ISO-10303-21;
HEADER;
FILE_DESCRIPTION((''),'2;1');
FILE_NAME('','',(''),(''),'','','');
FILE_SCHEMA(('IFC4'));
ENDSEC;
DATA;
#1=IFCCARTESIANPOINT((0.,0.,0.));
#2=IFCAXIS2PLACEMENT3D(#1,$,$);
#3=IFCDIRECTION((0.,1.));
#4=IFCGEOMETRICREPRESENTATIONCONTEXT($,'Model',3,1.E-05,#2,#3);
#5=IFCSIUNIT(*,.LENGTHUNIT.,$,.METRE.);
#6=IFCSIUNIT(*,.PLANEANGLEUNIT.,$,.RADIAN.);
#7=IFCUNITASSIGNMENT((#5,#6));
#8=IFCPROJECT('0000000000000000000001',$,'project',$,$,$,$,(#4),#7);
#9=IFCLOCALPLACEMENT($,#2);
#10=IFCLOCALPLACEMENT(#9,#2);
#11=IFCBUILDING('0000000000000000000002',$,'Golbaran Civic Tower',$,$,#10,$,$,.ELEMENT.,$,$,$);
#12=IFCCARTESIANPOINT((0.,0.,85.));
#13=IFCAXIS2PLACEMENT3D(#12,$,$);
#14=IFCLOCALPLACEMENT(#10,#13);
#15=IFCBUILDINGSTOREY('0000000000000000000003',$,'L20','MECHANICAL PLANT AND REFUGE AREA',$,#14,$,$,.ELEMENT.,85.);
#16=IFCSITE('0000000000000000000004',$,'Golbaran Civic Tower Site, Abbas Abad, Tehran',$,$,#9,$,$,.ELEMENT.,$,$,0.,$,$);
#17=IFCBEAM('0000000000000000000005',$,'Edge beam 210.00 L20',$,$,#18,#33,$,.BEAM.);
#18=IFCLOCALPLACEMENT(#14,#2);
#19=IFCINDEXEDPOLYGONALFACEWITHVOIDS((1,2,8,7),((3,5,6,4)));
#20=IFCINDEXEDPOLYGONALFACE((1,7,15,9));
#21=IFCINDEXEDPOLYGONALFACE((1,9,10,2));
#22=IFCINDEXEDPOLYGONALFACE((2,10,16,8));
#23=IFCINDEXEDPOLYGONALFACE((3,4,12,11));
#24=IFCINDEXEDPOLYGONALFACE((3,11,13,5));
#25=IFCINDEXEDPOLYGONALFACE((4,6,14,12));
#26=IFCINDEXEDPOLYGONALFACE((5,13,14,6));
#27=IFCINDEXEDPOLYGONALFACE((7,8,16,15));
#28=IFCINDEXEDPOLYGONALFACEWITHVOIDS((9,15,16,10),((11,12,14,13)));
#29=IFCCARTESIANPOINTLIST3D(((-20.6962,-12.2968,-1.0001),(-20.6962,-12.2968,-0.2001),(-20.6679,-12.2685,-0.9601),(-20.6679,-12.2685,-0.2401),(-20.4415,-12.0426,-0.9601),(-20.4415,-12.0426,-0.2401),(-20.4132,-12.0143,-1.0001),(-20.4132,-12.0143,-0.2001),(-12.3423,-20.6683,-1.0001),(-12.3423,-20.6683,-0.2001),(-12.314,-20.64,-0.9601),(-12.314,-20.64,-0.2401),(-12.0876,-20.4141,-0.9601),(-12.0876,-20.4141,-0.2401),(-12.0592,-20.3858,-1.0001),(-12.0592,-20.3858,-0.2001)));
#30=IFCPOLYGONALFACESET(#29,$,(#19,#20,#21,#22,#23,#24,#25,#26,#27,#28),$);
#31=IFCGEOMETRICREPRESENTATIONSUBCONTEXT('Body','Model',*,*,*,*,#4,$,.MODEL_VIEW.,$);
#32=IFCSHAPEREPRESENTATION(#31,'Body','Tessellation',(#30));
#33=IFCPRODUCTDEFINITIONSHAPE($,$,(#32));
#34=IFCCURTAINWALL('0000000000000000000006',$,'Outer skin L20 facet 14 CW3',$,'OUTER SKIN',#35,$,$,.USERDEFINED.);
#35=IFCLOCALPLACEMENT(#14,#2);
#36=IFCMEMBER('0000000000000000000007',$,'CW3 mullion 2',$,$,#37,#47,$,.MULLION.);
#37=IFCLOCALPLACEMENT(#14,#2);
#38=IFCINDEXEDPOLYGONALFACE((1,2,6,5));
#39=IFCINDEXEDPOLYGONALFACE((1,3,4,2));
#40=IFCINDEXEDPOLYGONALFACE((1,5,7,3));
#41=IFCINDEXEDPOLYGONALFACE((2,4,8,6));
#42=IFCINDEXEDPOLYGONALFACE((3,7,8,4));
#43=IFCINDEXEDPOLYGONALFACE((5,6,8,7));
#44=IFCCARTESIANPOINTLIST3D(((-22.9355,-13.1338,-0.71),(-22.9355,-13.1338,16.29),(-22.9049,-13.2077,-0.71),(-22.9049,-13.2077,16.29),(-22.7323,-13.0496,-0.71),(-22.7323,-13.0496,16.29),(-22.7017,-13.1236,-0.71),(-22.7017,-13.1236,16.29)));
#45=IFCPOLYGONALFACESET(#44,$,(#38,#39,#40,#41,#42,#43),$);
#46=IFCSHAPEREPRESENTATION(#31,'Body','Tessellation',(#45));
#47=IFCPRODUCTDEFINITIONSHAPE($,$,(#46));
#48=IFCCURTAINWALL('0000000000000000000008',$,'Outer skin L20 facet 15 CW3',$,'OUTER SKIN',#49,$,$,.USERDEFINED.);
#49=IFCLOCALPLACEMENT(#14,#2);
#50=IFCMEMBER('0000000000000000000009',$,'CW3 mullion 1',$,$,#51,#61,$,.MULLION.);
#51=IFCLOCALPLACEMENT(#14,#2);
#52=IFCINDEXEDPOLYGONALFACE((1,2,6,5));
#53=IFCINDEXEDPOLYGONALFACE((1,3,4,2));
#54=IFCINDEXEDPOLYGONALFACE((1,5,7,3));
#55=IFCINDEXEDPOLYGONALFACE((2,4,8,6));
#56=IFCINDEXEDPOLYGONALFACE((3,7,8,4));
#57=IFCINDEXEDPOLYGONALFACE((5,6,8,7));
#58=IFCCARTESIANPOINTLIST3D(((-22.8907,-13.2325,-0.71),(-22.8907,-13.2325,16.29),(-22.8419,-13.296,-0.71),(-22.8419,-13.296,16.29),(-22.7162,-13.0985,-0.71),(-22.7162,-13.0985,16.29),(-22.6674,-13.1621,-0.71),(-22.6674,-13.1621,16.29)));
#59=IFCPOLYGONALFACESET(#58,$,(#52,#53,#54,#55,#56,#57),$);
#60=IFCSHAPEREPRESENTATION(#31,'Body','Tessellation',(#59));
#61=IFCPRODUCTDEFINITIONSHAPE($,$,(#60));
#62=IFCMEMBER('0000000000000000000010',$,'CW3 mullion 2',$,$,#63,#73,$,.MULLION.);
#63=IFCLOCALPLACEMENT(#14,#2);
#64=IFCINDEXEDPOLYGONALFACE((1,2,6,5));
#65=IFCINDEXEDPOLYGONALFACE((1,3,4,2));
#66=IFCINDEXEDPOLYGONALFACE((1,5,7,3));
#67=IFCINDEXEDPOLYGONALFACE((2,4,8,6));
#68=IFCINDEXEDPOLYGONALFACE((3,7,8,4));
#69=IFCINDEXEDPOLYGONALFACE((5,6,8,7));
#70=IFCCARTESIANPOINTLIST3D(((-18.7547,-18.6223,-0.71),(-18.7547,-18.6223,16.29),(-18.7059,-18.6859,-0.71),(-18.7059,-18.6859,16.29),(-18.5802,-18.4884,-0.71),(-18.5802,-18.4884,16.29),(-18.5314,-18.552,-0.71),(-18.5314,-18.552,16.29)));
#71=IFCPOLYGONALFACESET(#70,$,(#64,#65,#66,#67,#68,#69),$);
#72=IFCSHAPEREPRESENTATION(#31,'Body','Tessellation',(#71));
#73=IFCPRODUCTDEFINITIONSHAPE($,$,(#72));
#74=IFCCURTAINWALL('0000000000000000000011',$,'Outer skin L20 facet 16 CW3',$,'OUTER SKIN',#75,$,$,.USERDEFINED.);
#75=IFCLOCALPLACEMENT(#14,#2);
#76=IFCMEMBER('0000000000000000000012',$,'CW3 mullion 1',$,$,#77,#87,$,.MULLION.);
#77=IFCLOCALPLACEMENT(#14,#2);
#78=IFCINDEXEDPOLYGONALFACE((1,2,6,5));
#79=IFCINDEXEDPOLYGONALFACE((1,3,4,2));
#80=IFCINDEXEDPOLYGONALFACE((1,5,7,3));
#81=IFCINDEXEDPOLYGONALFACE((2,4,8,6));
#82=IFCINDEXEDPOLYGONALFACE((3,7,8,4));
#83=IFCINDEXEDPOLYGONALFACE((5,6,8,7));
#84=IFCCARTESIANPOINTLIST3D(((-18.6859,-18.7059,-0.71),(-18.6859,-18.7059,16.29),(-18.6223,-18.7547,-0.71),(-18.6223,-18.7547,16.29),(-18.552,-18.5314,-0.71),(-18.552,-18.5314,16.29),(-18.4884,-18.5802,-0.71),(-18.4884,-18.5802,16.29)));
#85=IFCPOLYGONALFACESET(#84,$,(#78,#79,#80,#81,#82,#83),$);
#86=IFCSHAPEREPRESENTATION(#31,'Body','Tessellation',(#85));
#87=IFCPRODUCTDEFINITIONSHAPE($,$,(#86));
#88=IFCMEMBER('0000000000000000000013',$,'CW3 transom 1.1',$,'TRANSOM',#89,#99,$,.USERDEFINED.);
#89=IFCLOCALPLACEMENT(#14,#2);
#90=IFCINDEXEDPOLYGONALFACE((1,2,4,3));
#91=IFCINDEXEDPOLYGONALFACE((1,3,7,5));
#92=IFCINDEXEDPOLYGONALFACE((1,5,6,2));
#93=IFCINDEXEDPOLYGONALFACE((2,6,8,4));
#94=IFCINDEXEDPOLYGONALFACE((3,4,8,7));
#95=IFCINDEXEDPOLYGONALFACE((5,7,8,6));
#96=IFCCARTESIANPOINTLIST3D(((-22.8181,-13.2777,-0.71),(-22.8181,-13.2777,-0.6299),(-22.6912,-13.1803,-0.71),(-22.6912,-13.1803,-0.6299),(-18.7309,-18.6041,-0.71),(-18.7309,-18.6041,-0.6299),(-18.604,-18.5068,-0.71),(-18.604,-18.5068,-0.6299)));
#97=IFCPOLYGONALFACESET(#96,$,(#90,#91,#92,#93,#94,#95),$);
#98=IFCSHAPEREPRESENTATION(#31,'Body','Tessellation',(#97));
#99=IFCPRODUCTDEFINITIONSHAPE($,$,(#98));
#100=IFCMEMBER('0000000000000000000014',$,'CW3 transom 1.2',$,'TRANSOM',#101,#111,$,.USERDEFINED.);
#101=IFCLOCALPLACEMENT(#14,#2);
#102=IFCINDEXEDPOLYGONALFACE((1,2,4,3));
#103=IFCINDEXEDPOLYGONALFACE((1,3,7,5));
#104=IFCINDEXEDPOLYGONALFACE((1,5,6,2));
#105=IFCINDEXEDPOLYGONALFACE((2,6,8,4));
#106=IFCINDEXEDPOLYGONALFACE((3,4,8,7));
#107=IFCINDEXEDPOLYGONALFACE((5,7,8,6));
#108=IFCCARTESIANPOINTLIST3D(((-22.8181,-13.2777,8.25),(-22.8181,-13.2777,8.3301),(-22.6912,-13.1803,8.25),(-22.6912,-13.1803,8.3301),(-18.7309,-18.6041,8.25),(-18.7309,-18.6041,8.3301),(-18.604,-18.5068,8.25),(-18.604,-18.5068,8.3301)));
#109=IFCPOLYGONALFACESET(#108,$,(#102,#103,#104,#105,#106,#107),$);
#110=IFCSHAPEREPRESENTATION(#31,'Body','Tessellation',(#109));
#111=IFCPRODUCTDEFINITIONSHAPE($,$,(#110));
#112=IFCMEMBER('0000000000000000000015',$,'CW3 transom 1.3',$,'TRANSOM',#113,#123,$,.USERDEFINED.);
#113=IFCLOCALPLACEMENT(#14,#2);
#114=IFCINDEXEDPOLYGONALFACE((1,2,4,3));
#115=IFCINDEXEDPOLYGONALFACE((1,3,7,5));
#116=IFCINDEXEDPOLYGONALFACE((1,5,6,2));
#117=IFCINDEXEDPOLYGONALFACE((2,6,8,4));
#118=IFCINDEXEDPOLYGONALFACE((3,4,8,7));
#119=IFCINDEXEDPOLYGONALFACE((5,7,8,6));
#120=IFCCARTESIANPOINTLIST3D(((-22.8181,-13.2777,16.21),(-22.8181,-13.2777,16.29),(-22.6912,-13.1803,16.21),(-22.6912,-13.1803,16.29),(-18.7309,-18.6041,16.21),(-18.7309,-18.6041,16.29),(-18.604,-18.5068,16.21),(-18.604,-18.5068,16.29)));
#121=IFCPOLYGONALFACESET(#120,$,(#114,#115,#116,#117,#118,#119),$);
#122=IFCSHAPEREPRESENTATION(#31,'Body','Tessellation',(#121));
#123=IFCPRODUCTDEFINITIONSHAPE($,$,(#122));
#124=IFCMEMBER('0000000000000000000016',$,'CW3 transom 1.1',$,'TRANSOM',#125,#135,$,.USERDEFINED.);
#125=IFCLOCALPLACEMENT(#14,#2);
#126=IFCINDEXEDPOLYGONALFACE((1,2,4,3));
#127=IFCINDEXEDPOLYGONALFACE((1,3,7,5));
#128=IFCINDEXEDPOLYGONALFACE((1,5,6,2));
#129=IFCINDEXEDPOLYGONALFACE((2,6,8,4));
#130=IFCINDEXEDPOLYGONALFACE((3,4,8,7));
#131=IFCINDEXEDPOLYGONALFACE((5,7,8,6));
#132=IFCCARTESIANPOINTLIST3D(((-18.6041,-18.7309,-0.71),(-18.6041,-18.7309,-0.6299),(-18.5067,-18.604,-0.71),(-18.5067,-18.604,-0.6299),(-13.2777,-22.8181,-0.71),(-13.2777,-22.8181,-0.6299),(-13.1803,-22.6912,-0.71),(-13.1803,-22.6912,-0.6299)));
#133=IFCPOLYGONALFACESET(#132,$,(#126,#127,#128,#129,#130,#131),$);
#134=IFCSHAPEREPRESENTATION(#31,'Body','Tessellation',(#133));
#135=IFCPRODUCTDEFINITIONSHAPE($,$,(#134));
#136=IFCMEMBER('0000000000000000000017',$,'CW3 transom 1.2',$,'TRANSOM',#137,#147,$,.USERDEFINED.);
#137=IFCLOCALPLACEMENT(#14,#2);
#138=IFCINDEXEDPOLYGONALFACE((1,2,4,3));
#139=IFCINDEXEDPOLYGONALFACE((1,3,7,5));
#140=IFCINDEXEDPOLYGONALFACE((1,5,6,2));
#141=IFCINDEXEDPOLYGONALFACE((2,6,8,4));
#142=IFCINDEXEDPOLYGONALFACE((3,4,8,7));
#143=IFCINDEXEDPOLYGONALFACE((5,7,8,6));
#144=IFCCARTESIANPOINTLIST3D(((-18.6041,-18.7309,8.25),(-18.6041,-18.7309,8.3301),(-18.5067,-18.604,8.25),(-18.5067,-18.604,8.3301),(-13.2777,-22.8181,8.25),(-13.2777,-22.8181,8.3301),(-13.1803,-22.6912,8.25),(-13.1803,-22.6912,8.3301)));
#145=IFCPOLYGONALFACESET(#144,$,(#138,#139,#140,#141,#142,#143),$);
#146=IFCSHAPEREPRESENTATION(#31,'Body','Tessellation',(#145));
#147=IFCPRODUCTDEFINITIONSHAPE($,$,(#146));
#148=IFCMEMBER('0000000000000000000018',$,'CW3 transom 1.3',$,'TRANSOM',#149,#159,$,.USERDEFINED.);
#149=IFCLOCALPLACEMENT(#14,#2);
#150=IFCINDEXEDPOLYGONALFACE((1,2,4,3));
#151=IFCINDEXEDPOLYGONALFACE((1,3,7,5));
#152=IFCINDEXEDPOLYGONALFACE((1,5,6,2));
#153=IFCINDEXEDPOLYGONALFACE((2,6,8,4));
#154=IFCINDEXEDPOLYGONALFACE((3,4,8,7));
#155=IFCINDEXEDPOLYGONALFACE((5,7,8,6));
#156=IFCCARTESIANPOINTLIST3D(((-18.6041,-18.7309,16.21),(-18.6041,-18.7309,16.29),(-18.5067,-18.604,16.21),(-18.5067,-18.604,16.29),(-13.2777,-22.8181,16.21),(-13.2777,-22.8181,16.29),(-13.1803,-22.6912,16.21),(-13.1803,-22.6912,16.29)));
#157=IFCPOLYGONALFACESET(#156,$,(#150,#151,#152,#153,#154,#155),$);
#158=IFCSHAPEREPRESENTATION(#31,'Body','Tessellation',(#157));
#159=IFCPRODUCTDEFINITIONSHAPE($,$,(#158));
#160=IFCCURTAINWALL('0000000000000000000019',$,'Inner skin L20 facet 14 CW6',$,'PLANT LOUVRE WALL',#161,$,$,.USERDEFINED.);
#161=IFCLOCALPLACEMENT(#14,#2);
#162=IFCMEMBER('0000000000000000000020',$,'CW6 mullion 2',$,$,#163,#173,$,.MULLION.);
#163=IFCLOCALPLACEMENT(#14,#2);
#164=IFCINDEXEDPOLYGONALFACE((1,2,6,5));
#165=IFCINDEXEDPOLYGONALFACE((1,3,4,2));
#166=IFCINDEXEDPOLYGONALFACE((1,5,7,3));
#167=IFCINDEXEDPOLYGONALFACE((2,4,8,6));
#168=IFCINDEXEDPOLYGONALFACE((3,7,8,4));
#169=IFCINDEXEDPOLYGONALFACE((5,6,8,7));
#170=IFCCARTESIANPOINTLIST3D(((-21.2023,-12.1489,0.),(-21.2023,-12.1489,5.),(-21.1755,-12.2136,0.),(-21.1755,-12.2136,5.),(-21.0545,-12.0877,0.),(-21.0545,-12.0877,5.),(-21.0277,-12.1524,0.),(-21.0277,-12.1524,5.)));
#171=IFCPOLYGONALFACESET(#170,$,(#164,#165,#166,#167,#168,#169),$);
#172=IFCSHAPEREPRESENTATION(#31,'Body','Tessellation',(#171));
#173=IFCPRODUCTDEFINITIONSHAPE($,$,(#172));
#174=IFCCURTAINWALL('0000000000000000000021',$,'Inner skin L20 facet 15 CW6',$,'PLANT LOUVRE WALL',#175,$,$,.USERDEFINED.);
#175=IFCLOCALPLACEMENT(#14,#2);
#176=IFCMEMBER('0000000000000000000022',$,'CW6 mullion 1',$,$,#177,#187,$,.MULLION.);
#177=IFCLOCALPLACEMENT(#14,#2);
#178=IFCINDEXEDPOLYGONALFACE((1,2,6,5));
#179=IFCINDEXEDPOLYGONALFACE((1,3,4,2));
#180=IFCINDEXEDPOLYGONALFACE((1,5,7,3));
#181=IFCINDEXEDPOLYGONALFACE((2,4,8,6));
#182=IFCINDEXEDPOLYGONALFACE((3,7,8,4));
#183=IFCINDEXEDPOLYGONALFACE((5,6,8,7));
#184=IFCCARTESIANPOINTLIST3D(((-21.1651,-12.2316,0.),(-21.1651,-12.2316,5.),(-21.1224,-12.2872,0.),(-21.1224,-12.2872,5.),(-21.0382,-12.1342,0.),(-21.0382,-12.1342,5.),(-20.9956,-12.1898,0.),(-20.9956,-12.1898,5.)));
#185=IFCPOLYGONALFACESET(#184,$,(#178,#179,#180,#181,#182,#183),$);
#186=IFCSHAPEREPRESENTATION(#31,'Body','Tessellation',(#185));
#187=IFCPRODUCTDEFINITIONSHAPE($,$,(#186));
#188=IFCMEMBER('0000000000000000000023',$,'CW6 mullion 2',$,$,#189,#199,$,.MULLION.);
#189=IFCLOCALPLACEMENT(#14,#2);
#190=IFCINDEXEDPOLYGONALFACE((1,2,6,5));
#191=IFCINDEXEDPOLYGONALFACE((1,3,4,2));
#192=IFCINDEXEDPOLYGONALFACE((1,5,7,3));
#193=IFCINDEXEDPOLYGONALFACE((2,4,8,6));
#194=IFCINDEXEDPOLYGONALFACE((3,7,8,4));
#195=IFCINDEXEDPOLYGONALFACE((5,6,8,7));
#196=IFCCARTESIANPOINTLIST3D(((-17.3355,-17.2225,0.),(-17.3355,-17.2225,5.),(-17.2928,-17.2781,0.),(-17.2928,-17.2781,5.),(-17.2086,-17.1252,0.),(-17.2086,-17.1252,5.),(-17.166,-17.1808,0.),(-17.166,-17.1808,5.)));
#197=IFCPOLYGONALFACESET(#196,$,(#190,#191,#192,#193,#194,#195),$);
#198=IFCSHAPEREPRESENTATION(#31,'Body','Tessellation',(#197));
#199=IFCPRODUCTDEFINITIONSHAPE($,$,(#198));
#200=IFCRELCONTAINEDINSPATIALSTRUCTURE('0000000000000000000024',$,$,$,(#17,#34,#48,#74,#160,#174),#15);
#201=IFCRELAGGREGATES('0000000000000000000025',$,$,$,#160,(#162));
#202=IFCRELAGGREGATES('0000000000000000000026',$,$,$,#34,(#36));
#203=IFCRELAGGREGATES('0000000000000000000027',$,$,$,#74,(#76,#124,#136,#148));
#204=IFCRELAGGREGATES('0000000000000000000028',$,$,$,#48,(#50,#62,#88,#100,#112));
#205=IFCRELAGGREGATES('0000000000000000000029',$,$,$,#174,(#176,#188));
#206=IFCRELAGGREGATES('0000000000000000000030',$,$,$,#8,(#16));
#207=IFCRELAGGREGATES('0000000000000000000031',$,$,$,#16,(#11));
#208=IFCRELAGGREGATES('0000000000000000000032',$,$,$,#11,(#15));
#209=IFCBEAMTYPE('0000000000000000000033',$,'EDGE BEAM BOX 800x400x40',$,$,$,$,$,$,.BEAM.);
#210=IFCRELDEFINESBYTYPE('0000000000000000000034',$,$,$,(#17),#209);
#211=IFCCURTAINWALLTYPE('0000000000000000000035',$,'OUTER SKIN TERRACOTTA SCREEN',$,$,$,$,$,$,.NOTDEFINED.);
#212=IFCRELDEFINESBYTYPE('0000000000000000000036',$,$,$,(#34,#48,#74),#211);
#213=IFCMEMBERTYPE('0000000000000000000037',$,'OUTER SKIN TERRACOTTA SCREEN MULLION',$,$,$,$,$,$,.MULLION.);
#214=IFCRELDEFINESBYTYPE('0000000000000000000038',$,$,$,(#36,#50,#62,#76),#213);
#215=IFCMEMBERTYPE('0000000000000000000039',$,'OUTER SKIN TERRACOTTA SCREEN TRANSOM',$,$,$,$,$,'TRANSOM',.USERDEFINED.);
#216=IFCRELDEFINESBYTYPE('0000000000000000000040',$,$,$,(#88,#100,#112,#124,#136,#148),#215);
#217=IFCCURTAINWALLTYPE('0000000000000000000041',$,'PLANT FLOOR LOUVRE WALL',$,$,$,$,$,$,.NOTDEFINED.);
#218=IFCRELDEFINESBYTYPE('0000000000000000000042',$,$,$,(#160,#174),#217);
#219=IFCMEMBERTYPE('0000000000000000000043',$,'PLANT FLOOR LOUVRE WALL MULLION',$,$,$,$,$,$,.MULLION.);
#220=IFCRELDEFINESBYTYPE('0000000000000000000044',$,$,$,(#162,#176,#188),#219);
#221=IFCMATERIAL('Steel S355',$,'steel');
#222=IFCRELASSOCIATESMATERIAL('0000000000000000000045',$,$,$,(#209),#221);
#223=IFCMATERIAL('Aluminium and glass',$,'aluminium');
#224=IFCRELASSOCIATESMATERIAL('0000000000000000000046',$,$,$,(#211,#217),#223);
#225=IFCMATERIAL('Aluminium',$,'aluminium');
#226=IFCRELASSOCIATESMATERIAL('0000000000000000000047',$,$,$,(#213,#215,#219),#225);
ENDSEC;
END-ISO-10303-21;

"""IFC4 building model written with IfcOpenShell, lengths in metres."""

from ifc_helpers import new_model, si_unit, direction, frame, origin, origin_2d, place, context, subcontext, project, spatial, rectangle, hollow_rectangle, extrude, material, material_profile, profile_set, type_object, element, aggregate, save


model = new_model("IFC4")

# Units and contexts
model_context = context("Model", 3, precision=1e-05, world=origin(), true_north=direction((0.0, 1.0)))
body_context = subcontext(model_context, "Body", "Model", "MODEL_VIEW")
ifc_project = project(units=[si_unit("LENGTHUNIT", "METRE"), si_unit("PLANEANGLEUNIT", "RADIAN")], contexts=[model_context])

# Site, building, storey
site_placement = place(None, origin())
site = spatial("IfcSite", under=ifc_project, at=site_placement, Name="Golbaran Civic Tower Site, Abbas Abad, Tehran", CompositionType="ELEMENT", RefElevation=0.0)
building_placement = place(site_placement, origin())
building = spatial("IfcBuilding", under=site, at=building_placement, Name="Golbaran Civic Tower", CompositionType="ELEMENT")
storey_placement = place(building_placement, frame((0.0, 0.0, 85.0)))
storey = spatial("IfcBuildingStorey", under=building, at=storey_placement, Name="L20", Description="MECHANICAL PLANT AND REFUGE AREA", CompositionType="ELEMENT", Elevation=85.0)

# Shared definitions
ifc_material_1 = material(Name="Steel S355", Category="steel")

# Beam
ifc_material_profile_1 = material_profile(ifc_material_1, hollow_rectangle(XDim=0.3999, YDim=0.8, WallThickness=0.04, at=origin_2d()), Name="BOX 800x400x40")
ifc_profile_set_1 = profile_set([ifc_material_profile_1], Name="Steel S355")
beam_type_1 = type_object("IfcBeamType", Name="EDGE BEAM BOX 800x400x40", PredefinedType="BEAM", material=ifc_profile_set_1)
beam_1_placement = place(storey_placement, frame((-20.5547, -12.1555, -0.6001), z_axis=(0.706363, -0.70785, 0.0), x_axis=(0.70785, 0.706363, 0.0)))
element("IfcBeam", 1, at=beam_1_placement, inside=storey, type_object=beam_type_1, Name="Edge beam 210.00 L20", PredefinedType="BEAM", context=body_context, shape_type="SweptSolid", body=[
    extrude(hollow_rectangle(XDim=0.3999, YDim=0.8, WallThickness=0.04, at=origin_2d()), origin(), (0.0, 0.0, 1.0), 11.8267),
])

# Curtain wall, member
ifc_material_2 = material(Name="Aluminium and glass", Category="aluminium")
curtain_wall_type_1 = type_object("IfcCurtainWallType", Name="OUTER SKIN TERRACOTTA SCREEN", PredefinedType="NOTDEFINED", material=ifc_material_2)
curtain_wall_1_placement = place(storey_placement, origin())
curtain_wall_1 = element("IfcCurtainWall", 2, at=curtain_wall_1_placement, inside=storey, type_object=curtain_wall_type_1, Name="Outer skin L20 facet 14 CW3", ObjectType="OUTER SKIN", PredefinedType="USERDEFINED")
ifc_material_3 = material(Name="Aluminium", Category="aluminium")
ifc_material_profile_2 = material_profile(ifc_material_3, rectangle(XDim=0.22, YDim=0.0801, at=origin_2d()), Name="OUTER SKIN TERRACOTTA SCREEN MULLION")
ifc_profile_set_2 = profile_set([ifc_material_profile_2], Name="Aluminium")
member_type_1 = type_object("IfcMemberType", Name="OUTER SKIN TERRACOTTA SCREEN MULLION", PredefinedType="MULLION", material=ifc_profile_set_2)
member_1_placement = place(storey_placement, frame((-22.8186, -13.1287, -0.71), z_axis=(0.0, 0.0, 1.0), x_axis=(0.92388, 0.382683, 0.0)))
member_1 = element("IfcMember", 3, at=member_1_placement, type_object=member_type_1, Name="CW3 mullion 2", PredefinedType="MULLION", context=body_context, shape_type="SweptSolid", body=[
    extrude(rectangle(XDim=0.22, YDim=0.0801, at=origin_2d()), origin(), (0.0, 0.0, 1.0), 17.0),
])

# Curtain wall, members
curtain_wall_2_placement = place(storey_placement, origin())
curtain_wall_2 = element("IfcCurtainWall", 4, at=curtain_wall_2_placement, inside=storey, type_object=curtain_wall_type_1, Name="Outer skin L20 facet 15 CW3", ObjectType="OUTER SKIN", PredefinedType="USERDEFINED")
member_2_placement = place(storey_placement, frame((-22.7791, -13.1973, -0.71), z_axis=(0.0, 0.0, 1.0), x_axis=(0.793353, 0.608761, 0.0)))
member_2 = element("IfcMember", 5, at=member_2_placement, type_object=member_type_1, Name="CW3 mullion 1", PredefinedType="MULLION", context=body_context, shape_type="SweptSolid", body=[
    extrude(rectangle(XDim=0.22, YDim=0.0801, at=origin_2d()), origin(), (0.0, 0.0, 1.0), 17.0),
])
member_3_placement = place(storey_placement, frame((-18.6431, -18.5872, -0.71), z_axis=(0.0, 0.0, 1.0), x_axis=(0.793353, 0.608761, 0.0)))
member_3 = element("IfcMember", 6, at=member_3_placement, type_object=member_type_1, Name="CW3 mullion 2", PredefinedType="MULLION", context=body_context, shape_type="SweptSolid", body=[
    extrude(rectangle(XDim=0.22, YDim=0.0801, at=origin_2d()), origin(), (0.0, 0.0, 1.0), 17.0),
])

# Curtain wall, member
curtain_wall_3_placement = place(storey_placement, origin())
curtain_wall_3 = element("IfcCurtainWall", 7, at=curtain_wall_3_placement, inside=storey, type_object=curtain_wall_type_1, Name="Outer skin L20 facet 16 CW3", ObjectType="OUTER SKIN", PredefinedType="USERDEFINED")
member_4_placement = place(storey_placement, frame((-18.5872, -18.6431, -0.71), z_axis=(0.0, 0.0, 1.0), x_axis=(0.608761, 0.793353, 0.0)))
member_4 = element("IfcMember", 8, at=member_4_placement, type_object=member_type_1, Name="CW3 mullion 1", PredefinedType="MULLION", context=body_context, shape_type="SweptSolid", body=[
    extrude(rectangle(XDim=0.22, YDim=0.0801, at=origin_2d()), origin(), (0.0, 0.0, 1.0), 17.0),
])

# Members
ifc_material_profile_3 = material_profile(ifc_material_3, rectangle(XDim=0.1599, YDim=0.0801, at=origin_2d()), Name="OUTER SKIN TERRACOTTA SCREEN TRANSOM")
ifc_profile_set_3 = profile_set([ifc_material_profile_3], Name="Aluminium")
member_type_2 = type_object("IfcMemberType", Name="OUTER SKIN TERRACOTTA SCREEN TRANSOM", ElementType="TRANSOM", PredefinedType="USERDEFINED", material=ifc_profile_set_3)
member_5_placement = place(storey_placement, frame((-22.7546, -13.229, -0.6699), z_axis=(0.608767, -0.793349, 0.0), x_axis=(0.793349, 0.608767, 0.0)))
member_5 = element("IfcMember", 9, at=member_5_placement, type_object=member_type_2, Name="CW3 transom 1.1", ObjectType="TRANSOM", PredefinedType="USERDEFINED", context=body_context, shape_type="SweptSolid", body=[
    extrude(rectangle(XDim=0.1599, YDim=0.0801, at=origin_2d()), origin(), (0.0, 0.0, 1.0), 6.7139),
])
member_6_placement = place(storey_placement, frame((-22.7546, -13.229, 8.29), z_axis=(0.608767, -0.793349, 0.0), x_axis=(0.793349, 0.608767, 0.0)))
member_6 = element("IfcMember", 10, at=member_6_placement, type_object=member_type_2, Name="CW3 transom 1.2", ObjectType="TRANSOM", PredefinedType="USERDEFINED", context=body_context, shape_type="SweptSolid", body=[
    extrude(rectangle(XDim=0.1599, YDim=0.0801, at=origin_2d()), origin(), (0.0, 0.0, 1.0), 6.7139),
])
member_7_placement = place(storey_placement, frame((-22.7546, -13.229, 16.25), z_axis=(0.608767, -0.793349, 0.0), x_axis=(0.793349, 0.608767, 0.0)))
member_7 = element("IfcMember", 11, at=member_7_placement, type_object=member_type_2, Name="CW3 transom 1.3", ObjectType="TRANSOM", PredefinedType="USERDEFINED", context=body_context, shape_type="SweptSolid", body=[
    extrude(rectangle(XDim=0.1599, YDim=0.0801, at=origin_2d()), origin(), (0.0, 0.0, 1.0), 6.7139),
])
member_8_placement = place(storey_placement, frame((-18.5554, -18.6675, -0.6699), z_axis=(0.793349, -0.608767, 0.0), x_axis=(0.608767, 0.793349, 0.0)))
member_8 = element("IfcMember", 12, at=member_8_placement, type_object=member_type_2, Name="CW3 transom 1.1", ObjectType="TRANSOM", PredefinedType="USERDEFINED", context=body_context, shape_type="SweptSolid", body=[
    extrude(rectangle(XDim=0.1599, YDim=0.0801, at=origin_2d()), origin(), (0.0, 0.0, 1.0), 6.7139),
])
member_9_placement = place(storey_placement, frame((-18.5554, -18.6675, 8.29), z_axis=(0.793349, -0.608767, 0.0), x_axis=(0.608767, 0.793349, 0.0)))
member_9 = element("IfcMember", 13, at=member_9_placement, type_object=member_type_2, Name="CW3 transom 1.2", ObjectType="TRANSOM", PredefinedType="USERDEFINED", context=body_context, shape_type="SweptSolid", body=[
    extrude(rectangle(XDim=0.1599, YDim=0.0801, at=origin_2d()), origin(), (0.0, 0.0, 1.0), 6.7139),
])
member_10_placement = place(storey_placement, frame((-18.5554, -18.6675, 16.25), z_axis=(0.793349, -0.608767, 0.0), x_axis=(0.608767, 0.793349, 0.0)))
member_10 = element("IfcMember", 14, at=member_10_placement, type_object=member_type_2, Name="CW3 transom 1.3", ObjectType="TRANSOM", PredefinedType="USERDEFINED", context=body_context, shape_type="SweptSolid", body=[
    extrude(rectangle(XDim=0.1599, YDim=0.0801, at=origin_2d()), origin(), (0.0, 0.0, 1.0), 6.7139),
])

# Curtain wall, member
curtain_wall_type_2 = type_object("IfcCurtainWallType", Name="PLANT FLOOR LOUVRE WALL", PredefinedType="NOTDEFINED", material=ifc_material_2)
curtain_wall_4_placement = place(storey_placement, origin())
curtain_wall_4 = element("IfcCurtainWall", 15, at=curtain_wall_4_placement, inside=storey, type_object=curtain_wall_type_2, Name="Inner skin L20 facet 14 CW6", ObjectType="PLANT LOUVRE WALL", PredefinedType="USERDEFINED")
ifc_material_profile_4 = material_profile(ifc_material_3, rectangle(XDim=0.1599, YDim=0.0701, at=origin_2d()), Name="PLANT FLOOR LOUVRE WALL MULLION")
ifc_profile_set_4 = profile_set([ifc_material_profile_4], Name="Aluminium")
member_type_3 = type_object("IfcMemberType", Name="PLANT FLOOR LOUVRE WALL MULLION", PredefinedType="MULLION", material=ifc_profile_set_4)
member_11_placement = place(storey_placement, frame((-21.115, -12.1506, 0.0), z_axis=(0.0, 0.0, 1.0), x_axis=(0.92388, 0.382683, 0.0)))
member_11 = element("IfcMember", 16, at=member_11_placement, type_object=member_type_3, Name="CW6 mullion 2", PredefinedType="MULLION", context=body_context, shape_type="SweptSolid", body=[
    extrude(rectangle(XDim=0.1599, YDim=0.0701, at=origin_2d()), origin(), (0.0, 0.0, 1.0), 5.0),
])
aggregate(curtain_wall_4, [member_11])

# Curtain wall, members
curtain_wall_5_placement = place(storey_placement, origin())
curtain_wall_5 = element("IfcCurtainWall", 17, at=curtain_wall_5_placement, inside=storey, type_object=curtain_wall_type_2, Name="Inner skin L20 facet 15 CW6", ObjectType="PLANT LOUVRE WALL", PredefinedType="USERDEFINED")
member_12_placement = place(storey_placement, frame((-21.0803, -12.2107, 0.0), z_axis=(0.0, 0.0, 1.0), x_axis=(0.793353, 0.608761, 0.0)))
member_12 = element("IfcMember", 18, at=member_12_placement, type_object=member_type_3, Name="CW6 mullion 1", PredefinedType="MULLION", context=body_context, shape_type="SweptSolid", body=[
    extrude(rectangle(XDim=0.1599, YDim=0.0701, at=origin_2d()), origin(), (0.0, 0.0, 1.0), 5.0),
])
member_13_placement = place(storey_placement, frame((-17.2507, -17.2017, 0.0), z_axis=(0.0, 0.0, 1.0), x_axis=(0.793353, 0.608761, 0.0)))
member_13 = element("IfcMember", 19, at=member_13_placement, type_object=member_type_3, Name="CW6 mullion 2", PredefinedType="MULLION", context=body_context, shape_type="SweptSolid", body=[
    extrude(rectangle(XDim=0.1599, YDim=0.0701, at=origin_2d()), origin(), (0.0, 0.0, 1.0), 5.0),
])

aggregate(curtain_wall_1, [member_1])
aggregate(curtain_wall_3, [member_4, member_8, member_9, member_10])
aggregate(curtain_wall_2, [member_2, member_3, member_5, member_6, member_7])
aggregate(curtain_wall_5, [member_12, member_13])

save(model, "model.ifc")
